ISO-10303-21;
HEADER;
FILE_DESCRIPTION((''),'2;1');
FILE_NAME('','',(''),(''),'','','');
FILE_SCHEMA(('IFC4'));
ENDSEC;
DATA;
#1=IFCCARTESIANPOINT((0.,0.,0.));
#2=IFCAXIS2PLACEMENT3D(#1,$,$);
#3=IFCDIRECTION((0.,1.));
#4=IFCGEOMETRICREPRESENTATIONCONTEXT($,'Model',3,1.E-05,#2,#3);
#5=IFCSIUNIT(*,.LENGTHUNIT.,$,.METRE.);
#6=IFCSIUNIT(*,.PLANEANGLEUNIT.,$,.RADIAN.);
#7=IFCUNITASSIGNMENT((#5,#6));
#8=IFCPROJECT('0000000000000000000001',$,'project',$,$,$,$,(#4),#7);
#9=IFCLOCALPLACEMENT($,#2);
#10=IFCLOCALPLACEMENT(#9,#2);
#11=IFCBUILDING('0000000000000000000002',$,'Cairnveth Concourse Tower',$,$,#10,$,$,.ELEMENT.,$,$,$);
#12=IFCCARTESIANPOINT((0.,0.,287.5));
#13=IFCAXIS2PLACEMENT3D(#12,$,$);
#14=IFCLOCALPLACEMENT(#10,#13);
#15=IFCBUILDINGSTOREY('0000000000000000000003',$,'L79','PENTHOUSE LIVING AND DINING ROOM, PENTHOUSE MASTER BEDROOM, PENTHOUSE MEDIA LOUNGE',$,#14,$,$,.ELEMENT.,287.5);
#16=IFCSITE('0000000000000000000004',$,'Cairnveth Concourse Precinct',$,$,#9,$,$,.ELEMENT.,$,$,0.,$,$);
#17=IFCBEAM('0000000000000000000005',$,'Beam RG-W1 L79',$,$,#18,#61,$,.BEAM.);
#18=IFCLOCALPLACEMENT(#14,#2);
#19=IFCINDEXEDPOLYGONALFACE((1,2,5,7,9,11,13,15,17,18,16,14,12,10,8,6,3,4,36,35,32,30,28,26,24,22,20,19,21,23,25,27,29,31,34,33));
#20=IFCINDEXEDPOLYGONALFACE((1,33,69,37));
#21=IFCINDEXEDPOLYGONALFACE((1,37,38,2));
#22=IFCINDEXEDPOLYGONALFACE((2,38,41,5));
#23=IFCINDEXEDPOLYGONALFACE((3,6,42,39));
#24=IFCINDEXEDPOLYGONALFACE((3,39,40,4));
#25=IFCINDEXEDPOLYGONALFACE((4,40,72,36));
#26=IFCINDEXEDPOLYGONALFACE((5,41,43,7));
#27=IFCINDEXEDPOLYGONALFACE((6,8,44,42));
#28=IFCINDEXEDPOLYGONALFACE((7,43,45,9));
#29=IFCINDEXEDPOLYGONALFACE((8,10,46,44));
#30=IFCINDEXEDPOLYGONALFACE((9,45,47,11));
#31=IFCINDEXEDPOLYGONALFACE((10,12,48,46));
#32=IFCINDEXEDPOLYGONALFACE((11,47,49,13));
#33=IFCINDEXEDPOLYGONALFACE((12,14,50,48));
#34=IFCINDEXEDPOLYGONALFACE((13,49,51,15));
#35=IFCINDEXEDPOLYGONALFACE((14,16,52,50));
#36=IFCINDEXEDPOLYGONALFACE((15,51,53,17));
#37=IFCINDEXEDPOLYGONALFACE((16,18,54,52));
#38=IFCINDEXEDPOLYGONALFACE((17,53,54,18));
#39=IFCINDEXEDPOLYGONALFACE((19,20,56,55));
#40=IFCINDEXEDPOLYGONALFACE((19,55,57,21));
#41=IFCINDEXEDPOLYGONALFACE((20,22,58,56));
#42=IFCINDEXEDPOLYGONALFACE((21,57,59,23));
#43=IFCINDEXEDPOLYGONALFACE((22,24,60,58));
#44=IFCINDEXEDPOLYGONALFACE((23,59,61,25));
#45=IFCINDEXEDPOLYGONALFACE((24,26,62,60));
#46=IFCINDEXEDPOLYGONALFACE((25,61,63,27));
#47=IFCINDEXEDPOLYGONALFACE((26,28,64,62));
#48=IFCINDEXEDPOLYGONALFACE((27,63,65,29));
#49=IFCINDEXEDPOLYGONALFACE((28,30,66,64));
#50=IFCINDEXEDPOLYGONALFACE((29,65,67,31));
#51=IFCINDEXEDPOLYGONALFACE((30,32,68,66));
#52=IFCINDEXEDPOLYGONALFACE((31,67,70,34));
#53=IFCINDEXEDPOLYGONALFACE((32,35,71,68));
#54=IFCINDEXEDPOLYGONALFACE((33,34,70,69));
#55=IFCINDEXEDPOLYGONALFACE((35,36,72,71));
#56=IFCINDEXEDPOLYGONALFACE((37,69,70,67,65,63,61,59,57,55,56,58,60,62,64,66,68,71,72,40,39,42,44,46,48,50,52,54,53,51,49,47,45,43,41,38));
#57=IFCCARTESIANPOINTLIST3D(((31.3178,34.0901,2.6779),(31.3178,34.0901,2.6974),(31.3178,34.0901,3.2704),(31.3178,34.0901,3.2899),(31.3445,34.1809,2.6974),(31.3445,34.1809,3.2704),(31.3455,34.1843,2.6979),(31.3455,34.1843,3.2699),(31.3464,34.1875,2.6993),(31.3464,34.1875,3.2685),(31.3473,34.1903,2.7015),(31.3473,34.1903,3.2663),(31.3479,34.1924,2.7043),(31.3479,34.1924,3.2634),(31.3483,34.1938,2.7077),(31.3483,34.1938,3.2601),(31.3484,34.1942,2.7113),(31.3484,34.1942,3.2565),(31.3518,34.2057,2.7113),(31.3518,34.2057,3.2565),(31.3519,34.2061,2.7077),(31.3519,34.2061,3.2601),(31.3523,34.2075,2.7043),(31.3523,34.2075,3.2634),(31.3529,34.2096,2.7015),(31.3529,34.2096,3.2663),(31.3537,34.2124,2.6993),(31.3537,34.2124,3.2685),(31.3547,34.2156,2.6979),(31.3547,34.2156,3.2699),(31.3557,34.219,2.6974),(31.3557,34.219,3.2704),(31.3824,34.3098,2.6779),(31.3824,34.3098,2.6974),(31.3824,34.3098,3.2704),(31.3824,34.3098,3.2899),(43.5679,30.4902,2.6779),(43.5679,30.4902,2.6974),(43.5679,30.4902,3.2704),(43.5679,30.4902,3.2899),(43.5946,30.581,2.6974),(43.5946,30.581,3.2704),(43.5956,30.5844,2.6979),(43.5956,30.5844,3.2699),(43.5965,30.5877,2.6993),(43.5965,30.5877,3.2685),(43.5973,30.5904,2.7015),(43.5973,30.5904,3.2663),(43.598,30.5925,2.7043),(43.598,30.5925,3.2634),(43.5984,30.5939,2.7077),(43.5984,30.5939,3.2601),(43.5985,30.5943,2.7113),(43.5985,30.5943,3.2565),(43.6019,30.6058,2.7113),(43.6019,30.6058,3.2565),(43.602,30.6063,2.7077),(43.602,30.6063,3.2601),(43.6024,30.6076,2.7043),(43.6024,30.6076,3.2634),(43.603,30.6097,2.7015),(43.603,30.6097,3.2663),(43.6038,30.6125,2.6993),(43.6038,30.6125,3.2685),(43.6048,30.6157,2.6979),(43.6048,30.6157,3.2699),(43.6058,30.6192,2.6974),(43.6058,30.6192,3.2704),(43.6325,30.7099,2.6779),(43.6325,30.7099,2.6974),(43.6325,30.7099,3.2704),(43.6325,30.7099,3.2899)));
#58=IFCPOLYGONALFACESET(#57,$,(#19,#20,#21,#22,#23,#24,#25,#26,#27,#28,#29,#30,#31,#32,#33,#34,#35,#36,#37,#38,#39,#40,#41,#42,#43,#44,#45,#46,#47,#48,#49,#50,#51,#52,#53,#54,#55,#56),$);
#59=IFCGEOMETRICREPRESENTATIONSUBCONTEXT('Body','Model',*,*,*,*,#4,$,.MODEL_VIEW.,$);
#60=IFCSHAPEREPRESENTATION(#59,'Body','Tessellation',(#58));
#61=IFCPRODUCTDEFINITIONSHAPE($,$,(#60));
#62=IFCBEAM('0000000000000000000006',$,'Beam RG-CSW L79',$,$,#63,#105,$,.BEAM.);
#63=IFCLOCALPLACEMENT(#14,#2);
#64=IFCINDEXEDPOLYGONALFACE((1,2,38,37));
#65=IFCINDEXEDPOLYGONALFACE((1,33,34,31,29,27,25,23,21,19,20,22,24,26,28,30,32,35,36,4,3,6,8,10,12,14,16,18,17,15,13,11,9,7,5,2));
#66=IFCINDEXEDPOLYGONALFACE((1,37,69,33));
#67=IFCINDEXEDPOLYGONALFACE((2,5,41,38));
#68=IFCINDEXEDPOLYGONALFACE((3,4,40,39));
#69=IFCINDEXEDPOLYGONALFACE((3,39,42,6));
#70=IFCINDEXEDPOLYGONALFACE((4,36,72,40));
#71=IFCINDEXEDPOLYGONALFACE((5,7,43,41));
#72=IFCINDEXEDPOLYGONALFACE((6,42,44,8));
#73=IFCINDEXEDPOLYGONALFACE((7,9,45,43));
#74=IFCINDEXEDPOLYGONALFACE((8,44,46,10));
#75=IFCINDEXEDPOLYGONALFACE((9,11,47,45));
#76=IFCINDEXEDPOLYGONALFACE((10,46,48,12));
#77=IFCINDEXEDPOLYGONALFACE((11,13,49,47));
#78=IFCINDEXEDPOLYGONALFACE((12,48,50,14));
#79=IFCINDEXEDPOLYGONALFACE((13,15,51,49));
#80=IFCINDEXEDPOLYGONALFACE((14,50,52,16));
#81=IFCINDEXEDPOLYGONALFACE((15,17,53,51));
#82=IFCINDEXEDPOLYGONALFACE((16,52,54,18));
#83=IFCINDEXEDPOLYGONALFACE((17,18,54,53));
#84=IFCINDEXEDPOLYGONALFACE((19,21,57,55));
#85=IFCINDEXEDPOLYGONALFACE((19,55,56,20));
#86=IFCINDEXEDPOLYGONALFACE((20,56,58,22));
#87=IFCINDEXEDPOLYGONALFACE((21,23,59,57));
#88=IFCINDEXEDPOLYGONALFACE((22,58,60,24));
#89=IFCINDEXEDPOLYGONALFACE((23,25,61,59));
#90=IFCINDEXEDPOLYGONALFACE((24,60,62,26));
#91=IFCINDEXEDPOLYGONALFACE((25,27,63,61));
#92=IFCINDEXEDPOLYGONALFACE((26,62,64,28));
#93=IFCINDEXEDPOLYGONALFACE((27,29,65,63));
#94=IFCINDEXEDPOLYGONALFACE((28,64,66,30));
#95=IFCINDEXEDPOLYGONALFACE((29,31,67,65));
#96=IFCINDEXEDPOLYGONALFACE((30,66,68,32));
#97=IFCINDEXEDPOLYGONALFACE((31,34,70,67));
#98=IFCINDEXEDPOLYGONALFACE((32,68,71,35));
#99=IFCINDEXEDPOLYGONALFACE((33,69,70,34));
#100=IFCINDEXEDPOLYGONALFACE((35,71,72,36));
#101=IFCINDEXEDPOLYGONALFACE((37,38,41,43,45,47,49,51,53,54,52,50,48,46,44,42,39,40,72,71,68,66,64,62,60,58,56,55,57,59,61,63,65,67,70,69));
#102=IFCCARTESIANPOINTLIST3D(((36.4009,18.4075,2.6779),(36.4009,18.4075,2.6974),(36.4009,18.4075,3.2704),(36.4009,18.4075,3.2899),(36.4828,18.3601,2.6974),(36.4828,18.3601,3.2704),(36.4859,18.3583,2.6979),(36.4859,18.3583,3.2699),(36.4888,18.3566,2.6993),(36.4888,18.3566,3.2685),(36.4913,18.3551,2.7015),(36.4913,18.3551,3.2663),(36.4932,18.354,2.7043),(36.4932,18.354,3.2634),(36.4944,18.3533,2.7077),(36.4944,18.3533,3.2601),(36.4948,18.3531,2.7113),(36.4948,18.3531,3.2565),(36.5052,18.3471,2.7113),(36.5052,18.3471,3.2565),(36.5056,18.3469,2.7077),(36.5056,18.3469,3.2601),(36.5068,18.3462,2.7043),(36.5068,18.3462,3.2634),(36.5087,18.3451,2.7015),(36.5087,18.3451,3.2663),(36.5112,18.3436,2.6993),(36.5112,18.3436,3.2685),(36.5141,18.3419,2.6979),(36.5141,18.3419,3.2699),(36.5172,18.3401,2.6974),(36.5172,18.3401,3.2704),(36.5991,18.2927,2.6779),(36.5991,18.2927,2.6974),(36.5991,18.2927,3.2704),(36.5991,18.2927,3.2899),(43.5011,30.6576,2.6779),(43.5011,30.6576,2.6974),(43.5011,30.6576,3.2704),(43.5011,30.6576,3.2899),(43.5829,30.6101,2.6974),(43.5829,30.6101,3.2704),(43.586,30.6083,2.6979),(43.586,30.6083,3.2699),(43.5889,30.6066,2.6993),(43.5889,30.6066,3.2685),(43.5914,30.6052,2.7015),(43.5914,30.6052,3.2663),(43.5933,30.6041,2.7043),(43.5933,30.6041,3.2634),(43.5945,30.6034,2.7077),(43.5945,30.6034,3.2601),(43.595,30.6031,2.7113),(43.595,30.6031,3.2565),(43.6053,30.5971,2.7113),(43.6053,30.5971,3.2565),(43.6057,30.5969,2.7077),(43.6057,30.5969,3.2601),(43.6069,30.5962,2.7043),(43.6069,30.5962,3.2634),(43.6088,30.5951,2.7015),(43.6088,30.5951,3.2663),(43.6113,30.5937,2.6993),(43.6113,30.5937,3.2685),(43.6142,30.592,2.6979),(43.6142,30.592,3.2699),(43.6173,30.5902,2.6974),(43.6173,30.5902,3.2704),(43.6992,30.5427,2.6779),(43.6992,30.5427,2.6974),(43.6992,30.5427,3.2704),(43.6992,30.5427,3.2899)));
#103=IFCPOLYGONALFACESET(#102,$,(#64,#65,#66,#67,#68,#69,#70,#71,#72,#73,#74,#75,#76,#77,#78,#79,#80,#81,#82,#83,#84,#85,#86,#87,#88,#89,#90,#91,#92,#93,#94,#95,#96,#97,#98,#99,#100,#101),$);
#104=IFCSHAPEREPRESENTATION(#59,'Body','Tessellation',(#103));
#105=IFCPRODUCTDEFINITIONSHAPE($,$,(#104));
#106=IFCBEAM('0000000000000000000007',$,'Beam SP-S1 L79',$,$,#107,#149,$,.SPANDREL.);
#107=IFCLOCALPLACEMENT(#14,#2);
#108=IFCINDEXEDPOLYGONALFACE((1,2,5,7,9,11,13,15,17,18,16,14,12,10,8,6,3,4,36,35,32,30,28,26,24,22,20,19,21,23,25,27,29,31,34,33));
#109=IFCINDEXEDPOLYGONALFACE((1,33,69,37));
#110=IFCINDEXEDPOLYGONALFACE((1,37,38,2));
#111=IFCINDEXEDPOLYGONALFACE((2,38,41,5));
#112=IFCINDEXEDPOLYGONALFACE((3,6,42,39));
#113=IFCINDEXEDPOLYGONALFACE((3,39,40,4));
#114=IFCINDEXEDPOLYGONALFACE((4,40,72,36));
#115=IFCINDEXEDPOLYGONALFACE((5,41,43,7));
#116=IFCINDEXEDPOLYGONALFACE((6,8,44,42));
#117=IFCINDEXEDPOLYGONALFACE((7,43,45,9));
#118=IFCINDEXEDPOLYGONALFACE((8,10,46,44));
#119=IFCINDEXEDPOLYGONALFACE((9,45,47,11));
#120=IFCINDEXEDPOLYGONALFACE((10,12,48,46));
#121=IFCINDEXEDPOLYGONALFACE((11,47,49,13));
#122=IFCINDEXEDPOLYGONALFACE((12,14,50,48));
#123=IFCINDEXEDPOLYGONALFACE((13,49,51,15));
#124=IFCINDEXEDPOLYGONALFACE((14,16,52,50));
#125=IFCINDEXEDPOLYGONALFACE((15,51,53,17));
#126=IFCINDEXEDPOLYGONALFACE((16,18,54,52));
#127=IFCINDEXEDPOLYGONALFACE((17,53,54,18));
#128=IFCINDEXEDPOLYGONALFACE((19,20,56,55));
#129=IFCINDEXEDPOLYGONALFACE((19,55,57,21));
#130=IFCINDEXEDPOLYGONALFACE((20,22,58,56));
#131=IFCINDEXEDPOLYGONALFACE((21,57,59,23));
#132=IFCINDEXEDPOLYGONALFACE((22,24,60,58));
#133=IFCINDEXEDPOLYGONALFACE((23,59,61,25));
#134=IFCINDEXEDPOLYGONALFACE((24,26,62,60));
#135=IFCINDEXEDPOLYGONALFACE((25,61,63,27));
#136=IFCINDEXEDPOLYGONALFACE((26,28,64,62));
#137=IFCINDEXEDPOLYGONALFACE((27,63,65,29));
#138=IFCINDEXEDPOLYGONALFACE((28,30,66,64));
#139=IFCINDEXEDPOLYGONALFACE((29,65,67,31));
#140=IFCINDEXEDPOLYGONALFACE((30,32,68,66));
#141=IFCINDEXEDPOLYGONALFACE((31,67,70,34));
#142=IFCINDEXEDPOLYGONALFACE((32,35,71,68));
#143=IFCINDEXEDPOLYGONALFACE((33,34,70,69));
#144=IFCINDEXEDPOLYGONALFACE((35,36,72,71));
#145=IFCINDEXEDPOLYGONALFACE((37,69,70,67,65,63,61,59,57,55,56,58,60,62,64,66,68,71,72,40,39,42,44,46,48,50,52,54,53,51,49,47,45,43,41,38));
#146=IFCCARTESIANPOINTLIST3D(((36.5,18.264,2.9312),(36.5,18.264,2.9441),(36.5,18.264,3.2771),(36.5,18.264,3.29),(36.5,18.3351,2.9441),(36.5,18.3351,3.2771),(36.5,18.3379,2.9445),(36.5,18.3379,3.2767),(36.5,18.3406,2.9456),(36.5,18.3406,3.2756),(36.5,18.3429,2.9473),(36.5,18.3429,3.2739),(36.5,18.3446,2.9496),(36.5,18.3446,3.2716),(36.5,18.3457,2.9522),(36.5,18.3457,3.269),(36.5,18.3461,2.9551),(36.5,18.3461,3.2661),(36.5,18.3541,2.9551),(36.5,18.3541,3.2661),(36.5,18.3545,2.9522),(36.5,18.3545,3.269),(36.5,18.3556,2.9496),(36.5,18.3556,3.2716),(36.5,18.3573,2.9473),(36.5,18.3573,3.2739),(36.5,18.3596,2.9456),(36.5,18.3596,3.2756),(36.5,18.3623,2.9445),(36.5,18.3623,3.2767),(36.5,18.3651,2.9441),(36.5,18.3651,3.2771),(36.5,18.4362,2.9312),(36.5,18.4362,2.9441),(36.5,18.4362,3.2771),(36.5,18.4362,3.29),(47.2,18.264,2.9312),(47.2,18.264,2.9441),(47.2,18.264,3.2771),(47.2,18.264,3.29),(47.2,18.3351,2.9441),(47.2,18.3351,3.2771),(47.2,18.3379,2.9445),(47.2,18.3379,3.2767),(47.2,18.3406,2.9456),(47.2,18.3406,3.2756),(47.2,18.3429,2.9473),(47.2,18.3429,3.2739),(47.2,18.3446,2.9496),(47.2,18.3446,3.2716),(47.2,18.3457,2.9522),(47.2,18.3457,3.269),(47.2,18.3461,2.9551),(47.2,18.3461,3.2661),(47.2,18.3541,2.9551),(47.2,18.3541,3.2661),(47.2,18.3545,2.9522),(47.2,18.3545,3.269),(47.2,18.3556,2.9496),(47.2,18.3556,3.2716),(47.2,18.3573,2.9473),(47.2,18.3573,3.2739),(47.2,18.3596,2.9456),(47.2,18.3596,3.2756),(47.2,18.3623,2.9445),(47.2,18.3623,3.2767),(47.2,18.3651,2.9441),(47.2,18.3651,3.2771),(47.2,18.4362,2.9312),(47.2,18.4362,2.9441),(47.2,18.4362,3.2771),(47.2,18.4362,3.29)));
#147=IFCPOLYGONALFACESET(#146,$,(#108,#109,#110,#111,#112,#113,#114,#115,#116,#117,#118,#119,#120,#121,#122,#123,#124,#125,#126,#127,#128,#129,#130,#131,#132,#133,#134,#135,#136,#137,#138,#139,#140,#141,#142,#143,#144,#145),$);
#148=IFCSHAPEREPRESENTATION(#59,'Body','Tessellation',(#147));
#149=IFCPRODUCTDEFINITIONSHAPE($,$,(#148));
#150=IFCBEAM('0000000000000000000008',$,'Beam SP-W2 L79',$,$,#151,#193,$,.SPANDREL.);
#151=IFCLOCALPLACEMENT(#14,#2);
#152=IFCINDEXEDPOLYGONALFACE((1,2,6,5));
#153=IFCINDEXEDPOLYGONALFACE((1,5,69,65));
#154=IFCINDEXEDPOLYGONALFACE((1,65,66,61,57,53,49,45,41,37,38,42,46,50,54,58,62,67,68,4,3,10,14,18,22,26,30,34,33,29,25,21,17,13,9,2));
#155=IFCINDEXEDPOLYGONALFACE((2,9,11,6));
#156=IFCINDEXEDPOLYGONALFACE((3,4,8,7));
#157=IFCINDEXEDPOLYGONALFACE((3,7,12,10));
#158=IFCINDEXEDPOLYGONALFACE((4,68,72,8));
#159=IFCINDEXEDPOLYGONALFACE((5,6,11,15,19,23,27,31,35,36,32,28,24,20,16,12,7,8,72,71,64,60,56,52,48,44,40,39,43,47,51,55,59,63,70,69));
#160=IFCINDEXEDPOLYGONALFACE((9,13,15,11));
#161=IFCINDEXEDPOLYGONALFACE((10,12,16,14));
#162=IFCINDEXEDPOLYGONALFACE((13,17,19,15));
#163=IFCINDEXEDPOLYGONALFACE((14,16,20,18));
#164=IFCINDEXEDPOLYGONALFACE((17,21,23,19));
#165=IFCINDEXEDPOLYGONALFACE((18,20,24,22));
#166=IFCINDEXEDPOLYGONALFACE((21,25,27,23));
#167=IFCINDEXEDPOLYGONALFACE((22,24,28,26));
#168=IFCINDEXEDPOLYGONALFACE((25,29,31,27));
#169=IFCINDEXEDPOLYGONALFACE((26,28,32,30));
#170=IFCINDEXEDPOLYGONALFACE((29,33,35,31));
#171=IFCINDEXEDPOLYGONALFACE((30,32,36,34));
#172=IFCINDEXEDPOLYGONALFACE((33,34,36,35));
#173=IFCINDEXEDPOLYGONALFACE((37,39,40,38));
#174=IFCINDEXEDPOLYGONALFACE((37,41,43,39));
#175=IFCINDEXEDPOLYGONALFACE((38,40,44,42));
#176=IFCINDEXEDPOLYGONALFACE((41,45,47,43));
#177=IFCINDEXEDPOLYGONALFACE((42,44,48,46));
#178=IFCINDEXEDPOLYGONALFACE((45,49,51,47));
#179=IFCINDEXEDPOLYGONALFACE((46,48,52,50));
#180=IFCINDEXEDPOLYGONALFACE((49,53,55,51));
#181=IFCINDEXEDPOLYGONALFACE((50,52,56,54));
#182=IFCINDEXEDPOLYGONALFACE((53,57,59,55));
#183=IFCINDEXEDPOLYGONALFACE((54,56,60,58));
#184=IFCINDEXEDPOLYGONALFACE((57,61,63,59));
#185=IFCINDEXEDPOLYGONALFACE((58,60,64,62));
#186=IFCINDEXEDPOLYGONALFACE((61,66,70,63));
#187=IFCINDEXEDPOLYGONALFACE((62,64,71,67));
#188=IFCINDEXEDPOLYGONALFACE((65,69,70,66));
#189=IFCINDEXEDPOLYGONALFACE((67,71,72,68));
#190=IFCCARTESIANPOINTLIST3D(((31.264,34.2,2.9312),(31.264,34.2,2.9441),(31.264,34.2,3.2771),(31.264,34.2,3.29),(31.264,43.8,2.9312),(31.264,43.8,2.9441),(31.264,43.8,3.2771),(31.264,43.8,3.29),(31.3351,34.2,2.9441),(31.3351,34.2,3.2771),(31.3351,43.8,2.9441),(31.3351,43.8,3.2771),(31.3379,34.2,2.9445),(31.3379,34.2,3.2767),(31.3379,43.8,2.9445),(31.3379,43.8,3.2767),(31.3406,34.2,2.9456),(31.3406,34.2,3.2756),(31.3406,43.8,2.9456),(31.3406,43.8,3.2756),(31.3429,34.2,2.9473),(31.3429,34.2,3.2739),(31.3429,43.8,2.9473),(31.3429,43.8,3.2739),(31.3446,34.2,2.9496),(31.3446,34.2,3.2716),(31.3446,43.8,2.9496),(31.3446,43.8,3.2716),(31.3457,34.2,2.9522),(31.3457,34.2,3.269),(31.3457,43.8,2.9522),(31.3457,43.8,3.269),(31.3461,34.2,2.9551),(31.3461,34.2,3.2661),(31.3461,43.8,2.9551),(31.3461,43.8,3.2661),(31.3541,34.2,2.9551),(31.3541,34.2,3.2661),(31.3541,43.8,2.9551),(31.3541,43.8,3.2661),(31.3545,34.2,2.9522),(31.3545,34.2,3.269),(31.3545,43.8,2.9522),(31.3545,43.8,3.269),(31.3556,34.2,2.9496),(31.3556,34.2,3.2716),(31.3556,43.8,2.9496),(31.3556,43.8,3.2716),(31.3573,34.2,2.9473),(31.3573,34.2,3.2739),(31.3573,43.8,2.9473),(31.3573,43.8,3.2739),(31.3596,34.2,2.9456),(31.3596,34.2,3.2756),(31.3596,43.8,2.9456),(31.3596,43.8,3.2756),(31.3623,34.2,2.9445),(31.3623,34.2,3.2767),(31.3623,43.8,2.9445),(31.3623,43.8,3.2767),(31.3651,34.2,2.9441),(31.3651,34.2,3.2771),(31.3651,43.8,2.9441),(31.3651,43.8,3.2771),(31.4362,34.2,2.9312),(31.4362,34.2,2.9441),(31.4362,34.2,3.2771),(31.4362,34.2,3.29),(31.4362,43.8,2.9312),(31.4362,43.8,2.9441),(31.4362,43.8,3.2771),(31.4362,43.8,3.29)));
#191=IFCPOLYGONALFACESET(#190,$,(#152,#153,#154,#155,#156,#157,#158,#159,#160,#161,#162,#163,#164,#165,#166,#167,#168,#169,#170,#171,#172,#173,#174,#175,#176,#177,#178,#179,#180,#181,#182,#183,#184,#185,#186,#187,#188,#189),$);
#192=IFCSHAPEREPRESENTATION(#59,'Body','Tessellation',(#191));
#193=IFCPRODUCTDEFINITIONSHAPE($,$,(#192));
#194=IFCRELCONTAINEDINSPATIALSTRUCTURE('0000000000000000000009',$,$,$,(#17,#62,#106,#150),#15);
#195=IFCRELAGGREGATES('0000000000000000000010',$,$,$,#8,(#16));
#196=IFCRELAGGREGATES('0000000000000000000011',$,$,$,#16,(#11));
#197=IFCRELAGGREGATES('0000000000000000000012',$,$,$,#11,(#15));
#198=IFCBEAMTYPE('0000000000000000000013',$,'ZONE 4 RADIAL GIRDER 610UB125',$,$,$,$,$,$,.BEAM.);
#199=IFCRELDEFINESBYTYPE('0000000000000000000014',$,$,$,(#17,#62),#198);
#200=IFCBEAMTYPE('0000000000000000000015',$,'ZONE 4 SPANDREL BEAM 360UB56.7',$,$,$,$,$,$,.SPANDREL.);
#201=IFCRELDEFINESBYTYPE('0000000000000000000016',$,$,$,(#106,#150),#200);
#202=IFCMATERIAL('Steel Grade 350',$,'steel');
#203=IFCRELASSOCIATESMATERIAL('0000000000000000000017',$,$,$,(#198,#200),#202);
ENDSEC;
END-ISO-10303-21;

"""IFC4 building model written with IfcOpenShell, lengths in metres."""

from ifc_helpers import new_model, si_unit, direction, frame, origin, origin_2d, place, context, subcontext, project, spatial, i_section, extrude, material, material_profile, profile_set, type_object, element, save


model = new_model("IFC4")

# Units and contexts
model_context = context("Model", 3, precision=1e-05, world=origin(), true_north=direction((0.0, 1.0)))
body_context = subcontext(model_context, "Body", "Model", "MODEL_VIEW")
ifc_project = project(units=[si_unit("LENGTHUNIT", "METRE"), si_unit("PLANEANGLEUNIT", "RADIAN")], contexts=[model_context])

# Site, building, storey
site_placement = place(None, origin())
site = spatial("IfcSite", under=ifc_project, at=site_placement, Name="Cairnveth Concourse Precinct", CompositionType="ELEMENT", RefElevation=0.0)
building_placement = place(site_placement, origin())
building = spatial("IfcBuilding", under=site, at=building_placement, Name="Cairnveth Concourse Tower", CompositionType="ELEMENT")
storey_placement = place(building_placement, frame((0.0, 0.0, 287.5)))
storey = spatial("IfcBuildingStorey", under=building, at=storey_placement, Name="L79", Description="PENTHOUSE LIVING AND DINING ROOM, PENTHOUSE MASTER BEDROOM, PENTHOUSE MEDIA LOUNGE", CompositionType="ELEMENT", Elevation=287.5)

# Shared definitions
ifc_material_1 = material(Name="Steel Grade 350", Category="steel")

# Beams
ifc_material_profile_1 = material_profile(ifc_material_1, i_section(OverallWidth=0.229, OverallDepth=0.6121, WebThickness=0.012, FlangeThickness=0.0195, FilletRadius=0.0139, at=origin_2d()), Name="610UB125")
ifc_profile_set_1 = profile_set([ifc_material_profile_1], Name="Steel Grade 350")
beam_type_1 = type_object("IfcBeamType", Name="ZONE 4 RADIAL GIRDER 610UB125", PredefinedType="BEAM", material=ifc_profile_set_1)
beam_1_placement = place(storey_placement, frame((31.3501, 34.2, 2.9839), z_axis=(0.959431, -0.281944, 0.0), x_axis=(0.281944, 0.959431, 0.0)))
element("IfcBeam", 1, at=beam_1_placement, inside=storey, type_object=beam_type_1, Name="Beam RG-W1 L79", PredefinedType="BEAM", context=body_context, shape_type="SweptSolid", body=[
    extrude(i_section(OverallWidth=0.229, OverallDepth=0.6121, WebThickness=0.012, FlangeThickness=0.0195, FilletRadius=0.0139, at=origin_2d()), origin(), (0.0, 0.0, 1.0), 12.7681),
])
beam_2_placement = place(storey_placement, frame((36.5, 18.3501, 2.9839), z_axis=(0.501459, 0.865181, 0.0), x_axis=(-0.865181, 0.501459, 0.0)))
element("IfcBeam", 2, at=beam_2_placement, inside=storey, type_object=beam_type_1, Name="Beam RG-CSW L79", PredefinedType="BEAM", context=body_context, shape_type="SweptSolid", body=[
    extrude(i_section(OverallWidth=0.229, OverallDepth=0.6121, WebThickness=0.012, FlangeThickness=0.0195, FilletRadius=0.0139, at=origin_2d()), origin(), (0.0, 0.0, 1.0), 14.1589),
])
ifc_material_profile_2 = material_profile(ifc_material_1, i_section(OverallWidth=0.1721, OverallDepth=0.3589, WebThickness=0.0081, FlangeThickness=0.0129, FilletRadius=0.011, at=origin_2d()), Name="360UB56.7")
ifc_profile_set_2 = profile_set([ifc_material_profile_2], Name="Steel Grade 350")
beam_type_2 = type_object("IfcBeamType", Name="ZONE 4 SPANDREL BEAM 360UB56.7", PredefinedType="SPANDREL", material=ifc_profile_set_2)
beam_3_placement = place(storey_placement, frame((36.5, 18.3501, 3.1106), z_axis=(1.0, 0.0, 0.0), x_axis=(0.0, 1.0, 0.0)))
element("IfcBeam", 3, at=beam_3_placement, inside=storey, type_object=beam_type_2, Name="Beam SP-S1 L79", PredefinedType="SPANDREL", context=body_context, shape_type="SweptSolid", body=[
    extrude(i_section(OverallWidth=0.1721, OverallDepth=0.3589, WebThickness=0.0081, FlangeThickness=0.0129, FilletRadius=0.011, at=origin_2d()), origin(), (0.0, 0.0, 1.0), 10.7),
])
beam_4_placement = place(storey_placement, frame((31.3501, 34.2, 3.1106), z_axis=(0.0, 1.0, 0.0), x_axis=(-1.0, 0.0, 0.0)))
element("IfcBeam", 4, at=beam_4_placement, inside=storey, type_object=beam_type_2, Name="Beam SP-W2 L79", PredefinedType="SPANDREL", context=body_context, shape_type="SweptSolid", body=[
    extrude(i_section(OverallWidth=0.1721, OverallDepth=0.3589, WebThickness=0.0081, FlangeThickness=0.0129, FilletRadius=0.011, at=origin_2d()), origin(), (0.0, 0.0, 1.0), 9.6001),
])

save(model, "model.ifc")
